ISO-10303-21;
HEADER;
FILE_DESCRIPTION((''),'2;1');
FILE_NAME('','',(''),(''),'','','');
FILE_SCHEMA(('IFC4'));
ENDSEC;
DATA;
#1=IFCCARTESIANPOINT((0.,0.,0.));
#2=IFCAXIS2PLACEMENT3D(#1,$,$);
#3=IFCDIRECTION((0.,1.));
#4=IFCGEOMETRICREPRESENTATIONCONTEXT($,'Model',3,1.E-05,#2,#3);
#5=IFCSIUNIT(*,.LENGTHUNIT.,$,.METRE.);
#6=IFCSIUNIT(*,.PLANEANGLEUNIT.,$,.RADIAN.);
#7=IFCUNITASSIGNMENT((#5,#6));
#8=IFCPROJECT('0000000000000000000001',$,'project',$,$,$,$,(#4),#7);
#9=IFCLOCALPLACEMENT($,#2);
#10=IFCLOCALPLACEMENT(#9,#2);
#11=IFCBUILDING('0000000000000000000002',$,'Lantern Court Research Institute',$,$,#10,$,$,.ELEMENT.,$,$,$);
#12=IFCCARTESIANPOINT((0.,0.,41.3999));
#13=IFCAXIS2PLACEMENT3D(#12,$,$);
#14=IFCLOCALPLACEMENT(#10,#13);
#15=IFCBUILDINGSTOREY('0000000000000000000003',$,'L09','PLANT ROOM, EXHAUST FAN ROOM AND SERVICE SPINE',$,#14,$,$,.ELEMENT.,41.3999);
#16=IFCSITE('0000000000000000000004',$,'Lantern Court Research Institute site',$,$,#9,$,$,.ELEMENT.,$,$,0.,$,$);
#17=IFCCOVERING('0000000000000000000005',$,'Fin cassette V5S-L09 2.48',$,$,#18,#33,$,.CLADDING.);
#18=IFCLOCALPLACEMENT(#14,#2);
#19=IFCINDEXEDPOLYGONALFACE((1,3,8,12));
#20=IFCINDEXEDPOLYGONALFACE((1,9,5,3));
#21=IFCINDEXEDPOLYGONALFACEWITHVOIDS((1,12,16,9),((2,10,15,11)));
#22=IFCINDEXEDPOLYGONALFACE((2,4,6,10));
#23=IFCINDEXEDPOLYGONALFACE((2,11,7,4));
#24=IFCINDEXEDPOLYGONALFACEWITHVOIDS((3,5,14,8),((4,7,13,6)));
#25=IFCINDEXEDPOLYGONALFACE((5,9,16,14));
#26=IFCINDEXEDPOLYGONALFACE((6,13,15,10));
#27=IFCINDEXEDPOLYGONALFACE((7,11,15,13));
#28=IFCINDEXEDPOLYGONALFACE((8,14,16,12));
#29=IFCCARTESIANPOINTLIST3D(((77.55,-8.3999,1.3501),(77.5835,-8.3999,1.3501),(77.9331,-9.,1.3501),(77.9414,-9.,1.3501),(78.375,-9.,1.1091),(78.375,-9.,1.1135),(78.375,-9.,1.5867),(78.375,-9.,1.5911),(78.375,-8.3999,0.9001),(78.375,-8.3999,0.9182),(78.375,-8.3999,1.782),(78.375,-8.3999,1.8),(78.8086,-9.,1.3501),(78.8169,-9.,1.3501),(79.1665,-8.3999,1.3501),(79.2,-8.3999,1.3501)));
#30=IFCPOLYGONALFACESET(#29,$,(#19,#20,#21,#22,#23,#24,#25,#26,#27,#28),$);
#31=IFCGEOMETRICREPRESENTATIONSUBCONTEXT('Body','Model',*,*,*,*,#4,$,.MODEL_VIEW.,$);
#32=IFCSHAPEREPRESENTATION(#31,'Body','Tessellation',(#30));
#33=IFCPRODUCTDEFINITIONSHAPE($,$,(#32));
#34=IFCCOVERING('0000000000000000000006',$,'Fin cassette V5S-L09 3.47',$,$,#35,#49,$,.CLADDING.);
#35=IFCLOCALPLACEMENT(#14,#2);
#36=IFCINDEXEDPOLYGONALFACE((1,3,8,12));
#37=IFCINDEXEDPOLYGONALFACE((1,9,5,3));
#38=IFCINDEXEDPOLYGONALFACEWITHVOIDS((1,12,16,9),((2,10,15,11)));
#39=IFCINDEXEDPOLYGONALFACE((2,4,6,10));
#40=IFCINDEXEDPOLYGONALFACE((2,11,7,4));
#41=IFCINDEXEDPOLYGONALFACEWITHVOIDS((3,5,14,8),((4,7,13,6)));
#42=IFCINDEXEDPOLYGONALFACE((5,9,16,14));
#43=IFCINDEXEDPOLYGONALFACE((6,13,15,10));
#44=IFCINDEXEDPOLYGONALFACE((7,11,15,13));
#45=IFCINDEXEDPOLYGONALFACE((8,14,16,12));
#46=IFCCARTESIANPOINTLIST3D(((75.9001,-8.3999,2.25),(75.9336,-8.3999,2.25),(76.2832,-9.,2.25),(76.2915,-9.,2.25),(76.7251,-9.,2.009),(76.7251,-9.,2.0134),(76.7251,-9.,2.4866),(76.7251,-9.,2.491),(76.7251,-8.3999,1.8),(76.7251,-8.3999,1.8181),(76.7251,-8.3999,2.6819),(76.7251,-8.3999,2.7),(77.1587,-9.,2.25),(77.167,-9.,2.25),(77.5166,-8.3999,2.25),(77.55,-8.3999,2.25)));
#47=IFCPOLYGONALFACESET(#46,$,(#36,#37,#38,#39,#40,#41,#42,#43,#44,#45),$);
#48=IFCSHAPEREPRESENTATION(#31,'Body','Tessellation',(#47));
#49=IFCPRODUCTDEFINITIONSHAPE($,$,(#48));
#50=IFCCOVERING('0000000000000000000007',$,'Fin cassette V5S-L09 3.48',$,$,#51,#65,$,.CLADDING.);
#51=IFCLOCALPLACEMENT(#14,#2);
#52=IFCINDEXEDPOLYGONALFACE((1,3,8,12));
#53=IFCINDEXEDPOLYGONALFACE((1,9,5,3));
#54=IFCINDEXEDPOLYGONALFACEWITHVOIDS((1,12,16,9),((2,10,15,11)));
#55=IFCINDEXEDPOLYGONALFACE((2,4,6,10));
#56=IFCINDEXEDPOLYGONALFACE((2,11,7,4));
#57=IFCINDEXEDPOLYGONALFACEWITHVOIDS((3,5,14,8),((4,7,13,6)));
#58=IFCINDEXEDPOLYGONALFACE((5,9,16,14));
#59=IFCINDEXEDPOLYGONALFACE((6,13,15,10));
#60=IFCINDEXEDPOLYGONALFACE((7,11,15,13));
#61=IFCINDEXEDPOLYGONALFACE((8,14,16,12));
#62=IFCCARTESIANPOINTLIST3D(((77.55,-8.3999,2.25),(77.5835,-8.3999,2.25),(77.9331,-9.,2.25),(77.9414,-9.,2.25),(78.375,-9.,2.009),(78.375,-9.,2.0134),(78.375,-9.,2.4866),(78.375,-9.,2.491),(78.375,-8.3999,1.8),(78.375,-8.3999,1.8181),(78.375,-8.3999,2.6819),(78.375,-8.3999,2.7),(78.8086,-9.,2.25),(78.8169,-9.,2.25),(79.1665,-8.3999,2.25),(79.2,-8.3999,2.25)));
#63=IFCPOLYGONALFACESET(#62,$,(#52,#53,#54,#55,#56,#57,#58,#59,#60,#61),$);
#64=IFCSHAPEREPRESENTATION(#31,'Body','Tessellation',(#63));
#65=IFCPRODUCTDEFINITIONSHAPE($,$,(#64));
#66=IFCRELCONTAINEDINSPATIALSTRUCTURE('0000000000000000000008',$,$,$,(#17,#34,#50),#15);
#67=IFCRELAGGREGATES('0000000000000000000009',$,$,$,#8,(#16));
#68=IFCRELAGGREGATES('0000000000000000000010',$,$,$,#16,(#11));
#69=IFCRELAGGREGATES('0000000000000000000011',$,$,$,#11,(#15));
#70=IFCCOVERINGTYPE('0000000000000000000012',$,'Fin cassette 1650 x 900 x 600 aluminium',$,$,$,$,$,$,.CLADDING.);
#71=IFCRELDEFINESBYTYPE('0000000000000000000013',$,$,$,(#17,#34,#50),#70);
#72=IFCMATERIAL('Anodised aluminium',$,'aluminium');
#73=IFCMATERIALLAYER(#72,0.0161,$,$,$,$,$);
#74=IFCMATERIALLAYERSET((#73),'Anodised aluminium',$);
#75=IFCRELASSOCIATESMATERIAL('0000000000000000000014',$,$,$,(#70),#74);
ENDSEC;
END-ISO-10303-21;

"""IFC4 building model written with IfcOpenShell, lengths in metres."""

from ifc_helpers import new_model, entity, si_unit, direction, frame, origin, place, context, subcontext, project, spatial, material, layer, layer_set, type_object, element, save


model = new_model("IFC4")

# Units and contexts
model_context = context("Model", 3, precision=1e-05, world=origin(), true_north=direction((0.0, 1.0)))
body_context = subcontext(model_context, "Body", "Model", "MODEL_VIEW")
ifc_project = project(units=[si_unit("LENGTHUNIT", "METRE"), si_unit("PLANEANGLEUNIT", "RADIAN")], contexts=[model_context])

# Site, building, storey
site_placement = place(None, origin())
site = spatial("IfcSite", under=ifc_project, at=site_placement, Name="Lantern Court Research Institute site", CompositionType="ELEMENT", RefElevation=0.0)
building_placement = place(site_placement, origin())
building = spatial("IfcBuilding", under=site, at=building_placement, Name="Lantern Court Research Institute", CompositionType="ELEMENT")
storey_placement = place(building_placement, frame((0.0, 0.0, 41.3999)))
storey = spatial("IfcBuildingStorey", under=building, at=storey_placement, Name="L09", Description="PLANT ROOM, EXHAUST FAN ROOM AND SERVICE SPINE", CompositionType="ELEMENT", Elevation=41.3999)

# Coverings
ifc_material_1 = material(Name="Anodised aluminium", Category="aluminium")
ifc_layer_1 = layer(ifc_material_1, 0.0161)
ifc_layer_set_1 = layer_set([ifc_layer_1], Name="Anodised aluminium")
covering_type = type_object("IfcCoveringType", Name="Fin cassette 1650 x 900 x 600 aluminium", PredefinedType="CLADDING", material=ifc_layer_set_1)
covering_1_placement = place(storey_placement, frame((78.375, -8.3999, 1.3501), z_axis=(0.0, -1.0, 0.0), x_axis=(1.0, 0.0, 0.0)))
cartesian_point_1 = entity("IfcCartesianPoint", [0.825, 0.0])
cartesian_point_2 = entity("IfcCartesianPoint", [0.7915, 0.0])
cartesian_point_3 = entity("IfcCartesianPoint", [0.4419, 0.0])
cartesian_point_4 = entity("IfcCartesianPoint", [0.4336, 0.0])
element("IfcCovering", 1, at=covering_1_placement, inside=storey, type_object=covering_type, Name="Fin cassette V5S-L09 2.48", PredefinedType="CLADDING", context=body_context, shape_type="SweptSolid", body=[
    entity("IfcExtrudedAreaSolidTapered", entity("IfcArbitraryProfileDefWithVoids", "AREA", None, entity("IfcPolyline", [cartesian_point_1, entity("IfcCartesianPoint", [0.0, 0.45]), entity("IfcCartesianPoint", [-0.825, 0.0]), entity("IfcCartesianPoint", [0.0, -0.45]), cartesian_point_1]), [entity("IfcPolyline", [cartesian_point_2, entity("IfcCartesianPoint", [0.0, 0.4319]), entity("IfcCartesianPoint", [-0.7915, 0.0]), entity("IfcCartesianPoint", [0.0, -0.4319]), cartesian_point_2])]), entity("IfcAxis2Placement3D", entity("IfcCartesianPoint", [0.0, 0.0, 0.0])), entity("IfcDirection", [0.0, 0.0, 1.0]), 0.6001, entity("IfcArbitraryProfileDefWithVoids", "AREA", None, entity("IfcPolyline", [cartesian_point_3, entity("IfcCartesianPoint", [0.0, 0.241]), entity("IfcCartesianPoint", [-0.4419, 0.0]), entity("IfcCartesianPoint", [0.0, -0.241]), cartesian_point_3]), [entity("IfcPolyline", [cartesian_point_4, entity("IfcCartesianPoint", [0.0, 0.2366]), entity("IfcCartesianPoint", [-0.4336, 0.0]), entity("IfcCartesianPoint", [0.0, -0.2366]), cartesian_point_4])])),
])
covering_2_placement = place(storey_placement, frame((76.7251, -8.3999, 2.25), z_axis=(0.0, -1.0, 0.0), x_axis=(1.0, 0.0, 0.0)))
cartesian_point_5 = entity("IfcCartesianPoint", [0.825, 0.0])
cartesian_point_6 = entity("IfcCartesianPoint", [0.7915, 0.0])
cartesian_point_7 = entity("IfcCartesianPoint", [0.4419, 0.0])
cartesian_point_8 = entity("IfcCartesianPoint", [0.4336, 0.0])
element("IfcCovering", 2, at=covering_2_placement, inside=storey, type_object=covering_type, Name="Fin cassette V5S-L09 3.47", PredefinedType="CLADDING", context=body_context, shape_type="SweptSolid", body=[
    entity("IfcExtrudedAreaSolidTapered", entity("IfcArbitraryProfileDefWithVoids", "AREA", None, entity("IfcPolyline", [cartesian_point_5, entity("IfcCartesianPoint", [0.0, 0.45]), entity("IfcCartesianPoint", [-0.825, 0.0]), entity("IfcCartesianPoint", [0.0, -0.45]), cartesian_point_5]), [entity("IfcPolyline", [cartesian_point_6, entity("IfcCartesianPoint", [0.0, 0.4319]), entity("IfcCartesianPoint", [-0.7915, 0.0]), entity("IfcCartesianPoint", [0.0, -0.4319]), cartesian_point_6])]), entity("IfcAxis2Placement3D", entity("IfcCartesianPoint", [0.0, 0.0, 0.0])), entity("IfcDirection", [0.0, 0.0, 1.0]), 0.6001, entity("IfcArbitraryProfileDefWithVoids", "AREA", None, entity("IfcPolyline", [cartesian_point_7, entity("IfcCartesianPoint", [0.0, 0.241]), entity("IfcCartesianPoint", [-0.4419, 0.0]), entity("IfcCartesianPoint", [0.0, -0.241]), cartesian_point_7]), [entity("IfcPolyline", [cartesian_point_8, entity("IfcCartesianPoint", [0.0, 0.2366]), entity("IfcCartesianPoint", [-0.4336, 0.0]), entity("IfcCartesianPoint", [0.0, -0.2366]), cartesian_point_8])])),
])
covering_3_placement = place(storey_placement, frame((78.375, -8.3999, 2.25), z_axis=(0.0, -1.0, 0.0), x_axis=(1.0, 0.0, 0.0)))
cartesian_point_9 = entity("IfcCartesianPoint", [0.825, 0.0])
cartesian_point_10 = entity("IfcCartesianPoint", [0.7915, 0.0])
cartesian_point_11 = entity("IfcCartesianPoint", [0.4419, 0.0])
cartesian_point_12 = entity("IfcCartesianPoint", [0.4336, 0.0])
element("IfcCovering", 3, at=covering_3_placement, inside=storey, type_object=covering_type, Name="Fin cassette V5S-L09 3.48", PredefinedType="CLADDING", context=body_context, shape_type="SweptSolid", body=[
    entity("IfcExtrudedAreaSolidTapered", entity("IfcArbitraryProfileDefWithVoids", "AREA", None, entity("IfcPolyline", [cartesian_point_9, entity("IfcCartesianPoint", [0.0, 0.45]), entity("IfcCartesianPoint", [-0.825, 0.0]), entity("IfcCartesianPoint", [0.0, -0.45]), cartesian_point_9]), [entity("IfcPolyline", [cartesian_point_10, entity("IfcCartesianPoint", [0.0, 0.4319]), entity("IfcCartesianPoint", [-0.7915, 0.0]), entity("IfcCartesianPoint", [0.0, -0.4319]), cartesian_point_10])]), entity("IfcAxis2Placement3D", entity("IfcCartesianPoint", [0.0, 0.0, 0.0])), entity("IfcDirection", [0.0, 0.0, 1.0]), 0.6001, entity("IfcArbitraryProfileDefWithVoids", "AREA", None, entity("IfcPolyline", [cartesian_point_11, entity("IfcCartesianPoint", [0.0, 0.241]), entity("IfcCartesianPoint", [-0.4419, 0.0]), entity("IfcCartesianPoint", [0.0, -0.241]), cartesian_point_11]), [entity("IfcPolyline", [cartesian_point_12, entity("IfcCartesianPoint", [0.0, 0.2366]), entity("IfcCartesianPoint", [-0.4336, 0.0]), entity("IfcCartesianPoint", [0.0, -0.2366]), cartesian_point_12])])),
])

save(model, "model.ifc")
